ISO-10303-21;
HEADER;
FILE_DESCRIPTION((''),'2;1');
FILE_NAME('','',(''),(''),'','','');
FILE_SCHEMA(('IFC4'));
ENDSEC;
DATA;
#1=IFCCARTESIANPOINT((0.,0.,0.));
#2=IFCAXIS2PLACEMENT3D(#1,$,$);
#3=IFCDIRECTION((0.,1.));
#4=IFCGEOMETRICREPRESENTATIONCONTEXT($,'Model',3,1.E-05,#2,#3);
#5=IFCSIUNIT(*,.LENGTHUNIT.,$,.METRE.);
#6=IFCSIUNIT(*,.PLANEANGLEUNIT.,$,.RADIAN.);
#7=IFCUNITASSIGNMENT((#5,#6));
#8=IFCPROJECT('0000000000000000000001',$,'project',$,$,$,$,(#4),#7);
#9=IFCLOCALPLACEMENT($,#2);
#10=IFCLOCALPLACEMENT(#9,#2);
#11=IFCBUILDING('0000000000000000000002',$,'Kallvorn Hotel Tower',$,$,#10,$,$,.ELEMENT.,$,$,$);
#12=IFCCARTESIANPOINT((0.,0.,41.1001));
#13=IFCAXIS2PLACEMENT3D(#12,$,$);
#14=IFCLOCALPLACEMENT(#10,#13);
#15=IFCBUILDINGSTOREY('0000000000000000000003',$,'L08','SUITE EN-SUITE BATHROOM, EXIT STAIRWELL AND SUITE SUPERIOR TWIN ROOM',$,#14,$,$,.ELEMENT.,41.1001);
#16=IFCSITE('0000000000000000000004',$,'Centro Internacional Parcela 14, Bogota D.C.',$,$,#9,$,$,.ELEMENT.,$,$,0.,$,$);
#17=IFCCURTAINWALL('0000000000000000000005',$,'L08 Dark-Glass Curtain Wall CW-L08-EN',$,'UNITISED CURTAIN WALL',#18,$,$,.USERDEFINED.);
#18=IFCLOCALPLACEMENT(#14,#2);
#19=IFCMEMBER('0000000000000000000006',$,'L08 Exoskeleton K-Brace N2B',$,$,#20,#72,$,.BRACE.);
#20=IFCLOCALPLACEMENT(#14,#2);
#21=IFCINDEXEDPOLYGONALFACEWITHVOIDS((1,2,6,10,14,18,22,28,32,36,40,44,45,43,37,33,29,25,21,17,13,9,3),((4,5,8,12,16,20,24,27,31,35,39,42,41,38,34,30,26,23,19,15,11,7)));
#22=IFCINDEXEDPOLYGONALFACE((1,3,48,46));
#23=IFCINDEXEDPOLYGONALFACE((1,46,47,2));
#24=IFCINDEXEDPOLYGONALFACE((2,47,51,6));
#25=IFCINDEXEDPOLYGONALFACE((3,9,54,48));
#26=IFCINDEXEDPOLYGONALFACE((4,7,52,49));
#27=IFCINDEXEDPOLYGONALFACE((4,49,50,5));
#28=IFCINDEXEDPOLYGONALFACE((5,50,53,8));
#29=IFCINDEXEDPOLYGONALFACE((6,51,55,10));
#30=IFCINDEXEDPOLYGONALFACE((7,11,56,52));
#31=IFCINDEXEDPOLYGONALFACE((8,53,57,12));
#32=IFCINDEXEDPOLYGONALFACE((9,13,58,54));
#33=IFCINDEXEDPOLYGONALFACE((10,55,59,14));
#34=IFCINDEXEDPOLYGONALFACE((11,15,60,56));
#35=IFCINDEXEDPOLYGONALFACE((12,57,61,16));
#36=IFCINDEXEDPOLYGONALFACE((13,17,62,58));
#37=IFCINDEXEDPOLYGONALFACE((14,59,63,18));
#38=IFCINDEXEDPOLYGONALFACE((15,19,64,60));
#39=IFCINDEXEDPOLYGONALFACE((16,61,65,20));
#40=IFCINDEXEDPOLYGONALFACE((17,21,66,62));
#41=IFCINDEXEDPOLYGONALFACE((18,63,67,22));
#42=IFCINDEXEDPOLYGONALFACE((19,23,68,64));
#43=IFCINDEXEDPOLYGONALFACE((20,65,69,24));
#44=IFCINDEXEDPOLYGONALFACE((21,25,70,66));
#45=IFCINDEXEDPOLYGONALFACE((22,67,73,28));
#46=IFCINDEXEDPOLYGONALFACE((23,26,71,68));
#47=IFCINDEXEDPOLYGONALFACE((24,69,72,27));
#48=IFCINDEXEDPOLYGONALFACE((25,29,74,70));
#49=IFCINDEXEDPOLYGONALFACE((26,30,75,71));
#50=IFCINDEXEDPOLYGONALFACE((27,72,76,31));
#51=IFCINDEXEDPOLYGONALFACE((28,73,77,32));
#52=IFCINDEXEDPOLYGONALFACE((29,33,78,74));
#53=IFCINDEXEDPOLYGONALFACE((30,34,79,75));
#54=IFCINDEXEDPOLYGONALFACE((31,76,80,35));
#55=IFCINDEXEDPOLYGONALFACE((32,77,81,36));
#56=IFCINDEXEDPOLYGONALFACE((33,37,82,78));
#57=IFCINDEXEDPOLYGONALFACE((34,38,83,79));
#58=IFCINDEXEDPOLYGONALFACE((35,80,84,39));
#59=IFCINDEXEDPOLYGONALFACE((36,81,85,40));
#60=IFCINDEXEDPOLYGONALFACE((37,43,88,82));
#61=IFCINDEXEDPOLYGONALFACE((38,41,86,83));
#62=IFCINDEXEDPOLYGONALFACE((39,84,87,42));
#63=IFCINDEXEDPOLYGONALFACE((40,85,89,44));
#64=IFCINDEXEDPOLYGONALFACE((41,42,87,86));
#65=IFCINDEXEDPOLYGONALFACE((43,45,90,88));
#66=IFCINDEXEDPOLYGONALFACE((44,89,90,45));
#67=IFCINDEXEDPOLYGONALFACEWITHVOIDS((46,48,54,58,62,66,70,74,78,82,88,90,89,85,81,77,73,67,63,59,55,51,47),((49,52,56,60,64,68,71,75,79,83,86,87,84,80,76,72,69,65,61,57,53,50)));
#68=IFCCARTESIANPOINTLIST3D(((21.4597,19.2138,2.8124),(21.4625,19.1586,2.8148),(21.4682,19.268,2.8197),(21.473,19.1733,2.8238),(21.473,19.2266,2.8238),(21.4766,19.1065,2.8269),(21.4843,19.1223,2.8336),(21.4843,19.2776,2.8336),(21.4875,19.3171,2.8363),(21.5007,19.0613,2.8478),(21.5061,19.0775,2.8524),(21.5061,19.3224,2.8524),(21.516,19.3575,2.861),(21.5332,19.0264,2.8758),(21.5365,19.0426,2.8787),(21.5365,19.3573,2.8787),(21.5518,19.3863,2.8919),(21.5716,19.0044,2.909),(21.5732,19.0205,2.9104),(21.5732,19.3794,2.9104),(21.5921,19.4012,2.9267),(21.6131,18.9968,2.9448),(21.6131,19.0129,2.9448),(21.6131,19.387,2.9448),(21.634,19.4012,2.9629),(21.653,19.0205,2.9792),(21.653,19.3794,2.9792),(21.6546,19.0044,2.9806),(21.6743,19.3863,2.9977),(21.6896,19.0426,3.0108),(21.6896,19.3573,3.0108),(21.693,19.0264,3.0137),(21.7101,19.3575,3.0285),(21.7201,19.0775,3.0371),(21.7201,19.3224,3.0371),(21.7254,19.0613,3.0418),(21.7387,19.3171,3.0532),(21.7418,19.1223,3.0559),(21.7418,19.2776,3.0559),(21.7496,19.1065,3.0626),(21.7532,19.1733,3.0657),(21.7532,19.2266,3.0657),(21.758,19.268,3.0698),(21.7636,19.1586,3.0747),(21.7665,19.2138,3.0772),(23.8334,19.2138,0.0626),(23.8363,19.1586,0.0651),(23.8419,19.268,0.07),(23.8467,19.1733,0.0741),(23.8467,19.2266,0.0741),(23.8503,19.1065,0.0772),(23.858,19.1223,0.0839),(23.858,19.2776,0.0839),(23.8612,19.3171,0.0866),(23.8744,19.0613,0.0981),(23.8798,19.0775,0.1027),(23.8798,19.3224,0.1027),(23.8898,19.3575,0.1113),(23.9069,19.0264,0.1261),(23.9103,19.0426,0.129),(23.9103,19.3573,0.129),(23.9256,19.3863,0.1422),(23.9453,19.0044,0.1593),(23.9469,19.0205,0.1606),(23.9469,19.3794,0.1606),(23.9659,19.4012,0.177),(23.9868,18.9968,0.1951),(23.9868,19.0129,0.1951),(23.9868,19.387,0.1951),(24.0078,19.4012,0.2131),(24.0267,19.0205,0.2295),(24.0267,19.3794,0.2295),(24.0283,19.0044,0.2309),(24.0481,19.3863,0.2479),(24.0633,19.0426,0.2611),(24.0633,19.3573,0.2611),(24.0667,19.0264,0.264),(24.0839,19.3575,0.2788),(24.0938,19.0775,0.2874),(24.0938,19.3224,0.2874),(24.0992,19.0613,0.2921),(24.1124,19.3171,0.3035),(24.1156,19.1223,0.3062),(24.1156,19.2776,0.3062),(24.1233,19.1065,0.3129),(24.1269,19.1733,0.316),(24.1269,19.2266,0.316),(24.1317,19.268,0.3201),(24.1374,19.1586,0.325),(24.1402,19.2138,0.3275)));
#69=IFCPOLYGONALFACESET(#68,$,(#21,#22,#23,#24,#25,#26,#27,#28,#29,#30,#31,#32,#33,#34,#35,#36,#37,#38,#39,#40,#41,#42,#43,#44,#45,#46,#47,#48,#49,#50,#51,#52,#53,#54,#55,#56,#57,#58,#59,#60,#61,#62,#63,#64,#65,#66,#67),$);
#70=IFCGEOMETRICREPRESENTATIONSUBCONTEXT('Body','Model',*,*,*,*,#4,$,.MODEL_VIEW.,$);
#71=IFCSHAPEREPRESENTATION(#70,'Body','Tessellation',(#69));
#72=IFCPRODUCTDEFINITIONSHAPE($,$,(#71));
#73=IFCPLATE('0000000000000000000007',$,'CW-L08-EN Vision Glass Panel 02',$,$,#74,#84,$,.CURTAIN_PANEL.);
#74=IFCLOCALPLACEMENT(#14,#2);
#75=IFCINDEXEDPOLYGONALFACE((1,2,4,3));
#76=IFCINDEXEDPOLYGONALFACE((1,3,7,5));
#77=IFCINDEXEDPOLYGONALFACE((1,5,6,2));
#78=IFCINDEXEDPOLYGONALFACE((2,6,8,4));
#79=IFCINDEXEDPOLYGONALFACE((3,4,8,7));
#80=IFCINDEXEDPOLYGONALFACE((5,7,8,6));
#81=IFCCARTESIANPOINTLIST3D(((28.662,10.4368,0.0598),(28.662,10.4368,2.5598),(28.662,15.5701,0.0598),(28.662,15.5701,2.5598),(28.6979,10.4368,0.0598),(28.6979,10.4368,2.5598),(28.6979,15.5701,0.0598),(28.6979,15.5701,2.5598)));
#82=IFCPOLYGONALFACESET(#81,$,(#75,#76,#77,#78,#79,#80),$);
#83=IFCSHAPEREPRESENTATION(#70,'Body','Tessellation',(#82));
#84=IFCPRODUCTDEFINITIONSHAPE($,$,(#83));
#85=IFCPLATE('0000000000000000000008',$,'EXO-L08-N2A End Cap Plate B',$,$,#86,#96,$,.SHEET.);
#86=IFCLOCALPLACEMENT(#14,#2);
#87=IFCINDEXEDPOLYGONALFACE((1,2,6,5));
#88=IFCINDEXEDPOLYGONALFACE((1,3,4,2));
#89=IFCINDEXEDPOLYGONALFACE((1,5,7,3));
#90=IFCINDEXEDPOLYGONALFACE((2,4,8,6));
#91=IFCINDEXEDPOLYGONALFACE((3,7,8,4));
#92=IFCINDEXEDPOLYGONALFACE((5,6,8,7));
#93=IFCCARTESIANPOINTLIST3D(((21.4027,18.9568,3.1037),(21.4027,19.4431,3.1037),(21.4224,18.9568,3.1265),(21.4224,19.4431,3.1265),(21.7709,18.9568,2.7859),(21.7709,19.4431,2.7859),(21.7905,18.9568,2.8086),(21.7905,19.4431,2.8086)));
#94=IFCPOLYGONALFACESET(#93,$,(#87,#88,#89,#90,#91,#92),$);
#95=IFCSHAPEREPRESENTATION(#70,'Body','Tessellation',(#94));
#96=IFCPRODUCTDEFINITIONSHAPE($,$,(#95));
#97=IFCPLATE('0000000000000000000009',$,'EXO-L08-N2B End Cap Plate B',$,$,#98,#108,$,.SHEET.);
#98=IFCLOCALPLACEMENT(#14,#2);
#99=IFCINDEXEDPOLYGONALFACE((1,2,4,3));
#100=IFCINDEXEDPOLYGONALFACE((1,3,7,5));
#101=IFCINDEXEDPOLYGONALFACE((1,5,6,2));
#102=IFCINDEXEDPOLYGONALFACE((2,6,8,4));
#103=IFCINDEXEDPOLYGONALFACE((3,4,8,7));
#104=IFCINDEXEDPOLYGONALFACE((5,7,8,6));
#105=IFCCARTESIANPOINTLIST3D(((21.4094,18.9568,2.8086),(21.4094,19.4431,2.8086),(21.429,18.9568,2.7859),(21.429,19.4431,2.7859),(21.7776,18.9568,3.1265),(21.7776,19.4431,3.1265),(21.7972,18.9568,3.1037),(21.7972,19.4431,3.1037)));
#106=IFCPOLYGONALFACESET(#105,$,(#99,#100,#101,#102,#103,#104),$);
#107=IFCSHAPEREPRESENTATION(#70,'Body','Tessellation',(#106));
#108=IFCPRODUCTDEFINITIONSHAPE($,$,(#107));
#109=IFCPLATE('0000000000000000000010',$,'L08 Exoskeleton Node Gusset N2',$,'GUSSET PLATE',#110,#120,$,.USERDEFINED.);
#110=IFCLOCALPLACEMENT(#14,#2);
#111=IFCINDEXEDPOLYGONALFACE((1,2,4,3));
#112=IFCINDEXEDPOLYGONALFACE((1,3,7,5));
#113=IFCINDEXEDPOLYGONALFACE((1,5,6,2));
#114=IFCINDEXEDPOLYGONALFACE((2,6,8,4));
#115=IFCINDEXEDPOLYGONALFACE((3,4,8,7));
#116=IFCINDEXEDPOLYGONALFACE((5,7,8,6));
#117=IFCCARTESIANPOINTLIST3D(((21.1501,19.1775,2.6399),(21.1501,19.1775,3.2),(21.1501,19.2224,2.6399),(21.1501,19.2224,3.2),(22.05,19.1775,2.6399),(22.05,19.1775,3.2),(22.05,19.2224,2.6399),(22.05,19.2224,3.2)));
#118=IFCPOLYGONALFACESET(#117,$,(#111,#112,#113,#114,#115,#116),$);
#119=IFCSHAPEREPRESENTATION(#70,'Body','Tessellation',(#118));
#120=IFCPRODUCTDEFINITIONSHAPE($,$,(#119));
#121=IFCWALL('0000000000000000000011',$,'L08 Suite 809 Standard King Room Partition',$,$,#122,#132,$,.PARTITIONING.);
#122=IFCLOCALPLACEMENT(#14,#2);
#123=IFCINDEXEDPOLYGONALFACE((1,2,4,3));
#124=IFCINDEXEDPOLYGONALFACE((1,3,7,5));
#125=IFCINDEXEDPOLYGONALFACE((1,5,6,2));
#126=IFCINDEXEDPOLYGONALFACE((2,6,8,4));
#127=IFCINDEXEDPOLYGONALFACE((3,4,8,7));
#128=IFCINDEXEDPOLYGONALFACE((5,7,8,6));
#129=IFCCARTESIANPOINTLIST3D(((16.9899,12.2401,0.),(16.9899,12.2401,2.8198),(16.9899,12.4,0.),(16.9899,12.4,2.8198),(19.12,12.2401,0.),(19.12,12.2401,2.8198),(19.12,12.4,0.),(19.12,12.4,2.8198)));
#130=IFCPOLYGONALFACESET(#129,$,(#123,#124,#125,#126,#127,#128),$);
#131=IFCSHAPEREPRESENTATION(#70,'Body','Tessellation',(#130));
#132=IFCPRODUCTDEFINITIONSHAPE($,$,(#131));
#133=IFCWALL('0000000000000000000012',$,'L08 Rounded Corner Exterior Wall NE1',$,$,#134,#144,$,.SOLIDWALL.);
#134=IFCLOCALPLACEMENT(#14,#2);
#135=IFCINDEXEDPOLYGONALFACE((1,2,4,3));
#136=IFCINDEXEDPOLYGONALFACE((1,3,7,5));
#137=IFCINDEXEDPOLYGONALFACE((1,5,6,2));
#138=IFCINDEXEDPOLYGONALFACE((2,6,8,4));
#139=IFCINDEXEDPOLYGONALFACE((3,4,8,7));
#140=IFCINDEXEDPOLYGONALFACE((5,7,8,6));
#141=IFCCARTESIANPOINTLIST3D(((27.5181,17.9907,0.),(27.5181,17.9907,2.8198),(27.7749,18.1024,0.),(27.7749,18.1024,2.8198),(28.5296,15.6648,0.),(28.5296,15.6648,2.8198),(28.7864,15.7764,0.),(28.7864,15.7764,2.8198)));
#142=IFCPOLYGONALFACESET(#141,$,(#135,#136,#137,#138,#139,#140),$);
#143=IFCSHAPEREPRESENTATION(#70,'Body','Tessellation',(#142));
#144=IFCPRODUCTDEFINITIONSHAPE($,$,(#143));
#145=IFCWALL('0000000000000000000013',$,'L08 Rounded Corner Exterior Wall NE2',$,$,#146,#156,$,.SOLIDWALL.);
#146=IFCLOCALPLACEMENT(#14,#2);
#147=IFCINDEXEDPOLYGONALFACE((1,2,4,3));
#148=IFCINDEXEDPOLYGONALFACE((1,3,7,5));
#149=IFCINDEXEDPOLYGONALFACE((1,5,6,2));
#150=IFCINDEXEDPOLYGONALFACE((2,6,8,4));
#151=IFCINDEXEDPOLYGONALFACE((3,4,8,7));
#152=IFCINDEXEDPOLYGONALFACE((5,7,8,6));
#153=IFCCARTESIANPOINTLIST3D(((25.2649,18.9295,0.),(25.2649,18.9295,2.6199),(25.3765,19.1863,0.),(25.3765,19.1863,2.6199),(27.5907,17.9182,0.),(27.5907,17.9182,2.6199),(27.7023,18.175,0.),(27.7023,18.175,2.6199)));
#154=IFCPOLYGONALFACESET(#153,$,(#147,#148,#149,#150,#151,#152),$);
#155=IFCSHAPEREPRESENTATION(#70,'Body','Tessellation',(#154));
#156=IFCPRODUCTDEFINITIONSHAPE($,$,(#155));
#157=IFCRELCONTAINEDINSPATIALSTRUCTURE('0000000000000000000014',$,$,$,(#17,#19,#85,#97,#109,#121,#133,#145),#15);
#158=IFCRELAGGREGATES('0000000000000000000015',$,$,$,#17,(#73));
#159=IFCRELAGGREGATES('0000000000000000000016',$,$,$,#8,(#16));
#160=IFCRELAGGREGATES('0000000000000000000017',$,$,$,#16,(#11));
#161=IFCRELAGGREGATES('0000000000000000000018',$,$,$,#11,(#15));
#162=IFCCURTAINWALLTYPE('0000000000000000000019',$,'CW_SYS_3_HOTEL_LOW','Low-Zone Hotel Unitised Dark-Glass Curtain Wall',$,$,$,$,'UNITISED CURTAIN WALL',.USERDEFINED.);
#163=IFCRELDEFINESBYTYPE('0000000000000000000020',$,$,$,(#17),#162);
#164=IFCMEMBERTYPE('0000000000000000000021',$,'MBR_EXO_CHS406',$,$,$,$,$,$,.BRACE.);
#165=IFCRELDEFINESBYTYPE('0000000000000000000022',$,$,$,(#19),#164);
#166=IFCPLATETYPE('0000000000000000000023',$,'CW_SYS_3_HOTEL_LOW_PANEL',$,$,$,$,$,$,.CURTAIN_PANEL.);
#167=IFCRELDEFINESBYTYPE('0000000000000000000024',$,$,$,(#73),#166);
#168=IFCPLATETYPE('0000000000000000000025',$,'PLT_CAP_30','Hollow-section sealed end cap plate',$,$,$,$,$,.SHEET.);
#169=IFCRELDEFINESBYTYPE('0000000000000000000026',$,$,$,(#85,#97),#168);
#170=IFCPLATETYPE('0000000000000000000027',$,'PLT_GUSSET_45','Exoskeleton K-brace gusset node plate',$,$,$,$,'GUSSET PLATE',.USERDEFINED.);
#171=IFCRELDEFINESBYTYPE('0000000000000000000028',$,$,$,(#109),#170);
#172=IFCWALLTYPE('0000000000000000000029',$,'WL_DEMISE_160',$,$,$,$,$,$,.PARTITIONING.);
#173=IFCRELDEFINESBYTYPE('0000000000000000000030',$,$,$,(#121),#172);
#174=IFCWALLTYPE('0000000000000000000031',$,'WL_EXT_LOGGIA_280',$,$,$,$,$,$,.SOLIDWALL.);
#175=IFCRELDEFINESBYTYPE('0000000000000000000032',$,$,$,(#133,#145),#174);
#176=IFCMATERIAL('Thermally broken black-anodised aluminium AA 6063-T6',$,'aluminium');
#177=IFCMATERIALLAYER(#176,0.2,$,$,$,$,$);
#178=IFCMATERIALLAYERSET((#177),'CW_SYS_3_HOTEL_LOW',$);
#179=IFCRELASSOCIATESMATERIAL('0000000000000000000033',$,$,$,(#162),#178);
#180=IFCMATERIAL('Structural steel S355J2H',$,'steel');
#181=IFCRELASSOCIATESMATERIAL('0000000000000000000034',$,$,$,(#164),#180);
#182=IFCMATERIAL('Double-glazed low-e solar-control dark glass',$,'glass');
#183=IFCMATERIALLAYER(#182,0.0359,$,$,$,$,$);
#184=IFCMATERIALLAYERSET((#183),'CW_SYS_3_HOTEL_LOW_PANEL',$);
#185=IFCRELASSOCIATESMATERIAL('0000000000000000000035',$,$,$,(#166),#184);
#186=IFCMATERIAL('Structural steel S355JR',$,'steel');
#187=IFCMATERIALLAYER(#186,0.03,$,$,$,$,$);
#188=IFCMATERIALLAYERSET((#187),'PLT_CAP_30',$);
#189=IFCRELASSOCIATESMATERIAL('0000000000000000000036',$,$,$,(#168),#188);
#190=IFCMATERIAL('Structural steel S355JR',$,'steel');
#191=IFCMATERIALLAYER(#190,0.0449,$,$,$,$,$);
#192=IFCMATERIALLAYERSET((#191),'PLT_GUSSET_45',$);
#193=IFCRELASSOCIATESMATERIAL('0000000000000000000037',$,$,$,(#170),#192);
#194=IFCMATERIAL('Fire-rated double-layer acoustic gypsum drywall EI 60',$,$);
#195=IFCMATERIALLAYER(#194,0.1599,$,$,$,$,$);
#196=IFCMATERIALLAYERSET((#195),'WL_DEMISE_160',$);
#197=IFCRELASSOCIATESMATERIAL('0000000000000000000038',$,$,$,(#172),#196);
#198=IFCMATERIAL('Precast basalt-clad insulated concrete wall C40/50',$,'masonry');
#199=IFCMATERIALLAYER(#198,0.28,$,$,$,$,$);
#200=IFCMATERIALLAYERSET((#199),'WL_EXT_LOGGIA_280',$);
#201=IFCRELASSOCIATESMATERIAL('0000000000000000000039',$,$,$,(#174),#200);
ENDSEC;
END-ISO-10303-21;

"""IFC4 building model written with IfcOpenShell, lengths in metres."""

from ifc_helpers import new_model, si_unit, direction, frame, frame_2d, origin, origin_2d, place, context, subcontext, project, spatial, polyline, rectangle, hollow_circle, outline, extrude, material, layer, layer_set, material_profile, profile_set, type_object, element, aggregate, save


model = new_model("IFC4")

# Units and contexts
model_context = context("Model", 3, precision=1e-05, world=origin(), true_north=direction((0.0, 1.0)))
body_context = subcontext(model_context, "Body", "Model", "MODEL_VIEW")
ifc_project = project(units=[si_unit("LENGTHUNIT", "METRE"), si_unit("PLANEANGLEUNIT", "RADIAN")], contexts=[model_context])

# Site, building, storey
site_placement = place(None, origin())
site = spatial("IfcSite", under=ifc_project, at=site_placement, Name="Centro Internacional Parcela 14, Bogota D.C.", CompositionType="ELEMENT", RefElevation=0.0)
building_placement = place(site_placement, origin())
building = spatial("IfcBuilding", under=site, at=building_placement, Name="Kallvorn Hotel Tower", CompositionType="ELEMENT")
storey_placement = place(building_placement, frame((0.0, 0.0, 41.1001)))
storey = spatial("IfcBuildingStorey", under=building, at=storey_placement, Name="L08", Description="SUITE EN-SUITE BATHROOM, EXIT STAIRWELL AND SUITE SUPERIOR TWIN ROOM", CompositionType="ELEMENT", Elevation=41.1001)

# Curtain wall
ifc_material_1 = material(Name="Thermally broken black-anodised aluminium AA 6063-T6", Category="aluminium")
ifc_layer_1 = layer(ifc_material_1, 0.2)
ifc_layer_set_1 = layer_set([ifc_layer_1], Name="CW_SYS_3_HOTEL_LOW")
curtain_wall_type = type_object("IfcCurtainWallType", Name="CW_SYS_3_HOTEL_LOW", Description="Low-Zone Hotel Unitised Dark-Glass Curtain Wall", ElementType="UNITISED CURTAIN WALL", PredefinedType="USERDEFINED", material=ifc_layer_set_1)
curtain_wall_placement = place(storey_placement, origin())
curtain_wall = element("IfcCurtainWall", 1, at=curtain_wall_placement, inside=storey, type_object=curtain_wall_type, Name="L08 Dark-Glass Curtain Wall CW-L08-EN", ObjectType="UNITISED CURTAIN WALL", PredefinedType="USERDEFINED")

# Member
ifc_material_2 = material(Name="Structural steel S355J2H", Category="steel")
ifc_material_profile_1 = material_profile(ifc_material_2, hollow_circle(Radius=0.2031, WallThickness=0.0161, at=origin_2d()), Name="CHS 406.4x16")
ifc_profile_set_1 = profile_set([ifc_material_profile_1], Name="Structural steel S355J2H")
member_type_1 = type_object("IfcMemberType", Name="MBR_EXO_CHS406", PredefinedType="BRACE", material=ifc_profile_set_1)
for number, where, z_axis, x_axis, name in (
    (2, (23.9868, 19.2, 0.1951), (-0.653461, 0.0, 0.756961), (0.0, -1.0, 0.0), "L08 Exoskeleton K-Brace N2B"),
):
    element("IfcMember", number, at=place(storey_placement, frame(where, z_axis=z_axis, x_axis=x_axis)), inside=storey, type_object=member_type_1, Name=name, PredefinedType="BRACE", context=body_context, shape_type="SweptSolid", body=[
        extrude(hollow_circle(Radius=0.2031, WallThickness=0.0161, at=origin_2d()), origin(), (0.0, 0.0, 1.0), 3.6326),
    ])

# Plate
ifc_material_3 = material(Name="Double-glazed low-e solar-control dark glass", Category="glass")
ifc_layer_2 = layer(ifc_material_3, 0.0359)
ifc_layer_set_2 = layer_set([ifc_layer_2], Name="CW_SYS_3_HOTEL_LOW_PANEL")
plate_type_1 = type_object("IfcPlateType", Name="CW_SYS_3_HOTEL_LOW_PANEL", PredefinedType="CURTAIN_PANEL", material=ifc_layer_set_2)
plate_1_placement = place(storey_placement, frame((28.6799, 13.0034, 0.0598), z_axis=(0.0, 0.0, 1.0), x_axis=(0.0, 1.0, 0.0)))
plate_1 = element("IfcPlate", 3, at=plate_1_placement, type_object=plate_type_1, Name="CW-L08-EN Vision Glass Panel 02", PredefinedType="CURTAIN_PANEL", context=body_context, shape_type="SweptSolid", body=[
    extrude(rectangle(XDim=5.1333, YDim=0.0359, at=origin_2d()), origin(), (0.0, 0.0, 1.0), 2.5),
])
aggregate(curtain_wall, [plate_1])

# Plates
ifc_material_4 = material(Name="Structural steel S355JR", Category="steel")
ifc_layer_3 = layer(ifc_material_4, 0.03)
ifc_layer_set_3 = layer_set([ifc_layer_3], Name="PLT_CAP_30")
plate_type_2 = type_object("IfcPlateType", Name="PLT_CAP_30", Description="Hollow-section sealed end cap plate", PredefinedType="SHEET", material=ifc_layer_set_3)
for number, where, z_axis, x_axis, name in (
    (4, (21.7905, 18.9568, 2.8086), (0.653515, 0.0, 0.756913), (0.0, 1.0, 0.0), "EXO-L08-N2A End Cap Plate B"),
    (5, (21.4094, 19.4431, 2.8086), (-0.653515, 0.0, 0.756913), (0.0, -1.0, 0.0), "EXO-L08-N2B End Cap Plate B"),
):
    element("IfcPlate", number, at=place(storey_placement, frame(where, z_axis=z_axis, x_axis=x_axis)), inside=storey, type_object=plate_type_2, Name=name, PredefinedType="SHEET", context=body_context, shape_type="SweptSolid", body=[
        extrude(outline(polyline([(0.0, 0.0), (0.4863, 0.0), (0.4863, 0.4864), (0.0, 0.4864), (0.0, 0.0)])), origin(), (0.0, 0.0, -1.0), 0.03),
    ])
ifc_material_5 = material(Name="Structural steel S355JR", Category="steel")
ifc_layer_4 = layer(ifc_material_5, 0.0449)
ifc_layer_set_4 = layer_set([ifc_layer_4], Name="PLT_GUSSET_45")
plate_type_3 = type_object("IfcPlateType", Name="PLT_GUSSET_45", Description="Exoskeleton K-brace gusset node plate", ElementType="GUSSET PLATE", PredefinedType="USERDEFINED", material=ifc_layer_set_4)
plate_2_placement = place(storey_placement, frame((21.6001, 19.2, 2.6399), z_axis=(0.0, 0.0, 1.0), x_axis=(1.0, 0.0, 0.0)))
element("IfcPlate", 6, at=plate_2_placement, inside=storey, type_object=plate_type_3, Name="L08 Exoskeleton Node Gusset N2", ObjectType="GUSSET PLATE", PredefinedType="USERDEFINED", context=body_context, shape_type="SweptSolid", body=[
    extrude(rectangle(XDim=0.8999, YDim=0.0449, at=origin_2d()), origin(), (0.0, 0.0, 1.0), 0.5601),
])

# Walls
ifc_material_6 = material(Name="Fire-rated double-layer acoustic gypsum drywall EI 60")
ifc_layer_5 = layer(ifc_material_6, 0.1599)
ifc_layer_set_5 = layer_set([ifc_layer_5], Name="WL_DEMISE_160")
wall_type_1 = type_object("IfcWallType", Name="WL_DEMISE_160", PredefinedType="PARTITIONING", material=ifc_layer_set_5)
wall_1_placement = place(storey_placement, frame((16.99, 12.3201, 0.0), z_axis=(0.0, 0.0, 1.0), x_axis=(1.0, 0.0, 0.0)))
element("IfcWall", 7, at=wall_1_placement, inside=storey, type_object=wall_type_1, Name="L08 Suite 809 Standard King Room Partition", PredefinedType="PARTITIONING", context=body_context, shape_type="SweptSolid", body=[
    extrude(rectangle(XDim=2.1301, YDim=0.1599, at=frame_2d((1.0649, 0.0))), origin(), (0.0, 0.0, 1.0), 2.8198),
])
ifc_material_7 = material(Name="Precast basalt-clad insulated concrete wall C40/50", Category="masonry")
ifc_layer_6 = layer(ifc_material_7, 0.28)
ifc_layer_set_6 = layer_set([ifc_layer_6], Name="WL_EXT_LOGGIA_280")
wall_type_2 = type_object("IfcWallType", Name="WL_EXT_LOGGIA_280", PredefinedType="SOLIDWALL", material=ifc_layer_set_6)
wall_2_placement = place(storey_placement, frame((28.658, 15.7207, 0.0), z_axis=(0.0, 0.0, 1.0), x_axis=(-0.398793, 0.917041, 0.0)))
element("IfcWall", 8, at=wall_2_placement, inside=storey, type_object=wall_type_2, Name="L08 Rounded Corner Exterior Wall NE1", PredefinedType="SOLIDWALL", context=body_context, shape_type="SweptSolid", body=[
    extrude(rectangle(XDim=2.5364, YDim=0.28, at=frame_2d((1.2681, 0.0))), origin(), (0.0, 0.0, 1.0), 2.8198),
])
wall_3_placement = place(storey_placement, frame((27.6465, 18.0466, 0.0), z_axis=(0.0, 0.0, 1.0), x_axis=(-0.917061, 0.398747, 0.0)))
element("IfcWall", 9, at=wall_3_placement, inside=storey, type_object=wall_type_2, Name="L08 Rounded Corner Exterior Wall NE2", PredefinedType="SOLIDWALL", context=body_context, shape_type="SweptSolid", body=[
    extrude(rectangle(XDim=2.5361, YDim=0.28, at=frame_2d((1.2681, 0.0))), origin(), (0.0, 0.0, 1.0), 2.6199),
])

save(model, "model.ifc")
